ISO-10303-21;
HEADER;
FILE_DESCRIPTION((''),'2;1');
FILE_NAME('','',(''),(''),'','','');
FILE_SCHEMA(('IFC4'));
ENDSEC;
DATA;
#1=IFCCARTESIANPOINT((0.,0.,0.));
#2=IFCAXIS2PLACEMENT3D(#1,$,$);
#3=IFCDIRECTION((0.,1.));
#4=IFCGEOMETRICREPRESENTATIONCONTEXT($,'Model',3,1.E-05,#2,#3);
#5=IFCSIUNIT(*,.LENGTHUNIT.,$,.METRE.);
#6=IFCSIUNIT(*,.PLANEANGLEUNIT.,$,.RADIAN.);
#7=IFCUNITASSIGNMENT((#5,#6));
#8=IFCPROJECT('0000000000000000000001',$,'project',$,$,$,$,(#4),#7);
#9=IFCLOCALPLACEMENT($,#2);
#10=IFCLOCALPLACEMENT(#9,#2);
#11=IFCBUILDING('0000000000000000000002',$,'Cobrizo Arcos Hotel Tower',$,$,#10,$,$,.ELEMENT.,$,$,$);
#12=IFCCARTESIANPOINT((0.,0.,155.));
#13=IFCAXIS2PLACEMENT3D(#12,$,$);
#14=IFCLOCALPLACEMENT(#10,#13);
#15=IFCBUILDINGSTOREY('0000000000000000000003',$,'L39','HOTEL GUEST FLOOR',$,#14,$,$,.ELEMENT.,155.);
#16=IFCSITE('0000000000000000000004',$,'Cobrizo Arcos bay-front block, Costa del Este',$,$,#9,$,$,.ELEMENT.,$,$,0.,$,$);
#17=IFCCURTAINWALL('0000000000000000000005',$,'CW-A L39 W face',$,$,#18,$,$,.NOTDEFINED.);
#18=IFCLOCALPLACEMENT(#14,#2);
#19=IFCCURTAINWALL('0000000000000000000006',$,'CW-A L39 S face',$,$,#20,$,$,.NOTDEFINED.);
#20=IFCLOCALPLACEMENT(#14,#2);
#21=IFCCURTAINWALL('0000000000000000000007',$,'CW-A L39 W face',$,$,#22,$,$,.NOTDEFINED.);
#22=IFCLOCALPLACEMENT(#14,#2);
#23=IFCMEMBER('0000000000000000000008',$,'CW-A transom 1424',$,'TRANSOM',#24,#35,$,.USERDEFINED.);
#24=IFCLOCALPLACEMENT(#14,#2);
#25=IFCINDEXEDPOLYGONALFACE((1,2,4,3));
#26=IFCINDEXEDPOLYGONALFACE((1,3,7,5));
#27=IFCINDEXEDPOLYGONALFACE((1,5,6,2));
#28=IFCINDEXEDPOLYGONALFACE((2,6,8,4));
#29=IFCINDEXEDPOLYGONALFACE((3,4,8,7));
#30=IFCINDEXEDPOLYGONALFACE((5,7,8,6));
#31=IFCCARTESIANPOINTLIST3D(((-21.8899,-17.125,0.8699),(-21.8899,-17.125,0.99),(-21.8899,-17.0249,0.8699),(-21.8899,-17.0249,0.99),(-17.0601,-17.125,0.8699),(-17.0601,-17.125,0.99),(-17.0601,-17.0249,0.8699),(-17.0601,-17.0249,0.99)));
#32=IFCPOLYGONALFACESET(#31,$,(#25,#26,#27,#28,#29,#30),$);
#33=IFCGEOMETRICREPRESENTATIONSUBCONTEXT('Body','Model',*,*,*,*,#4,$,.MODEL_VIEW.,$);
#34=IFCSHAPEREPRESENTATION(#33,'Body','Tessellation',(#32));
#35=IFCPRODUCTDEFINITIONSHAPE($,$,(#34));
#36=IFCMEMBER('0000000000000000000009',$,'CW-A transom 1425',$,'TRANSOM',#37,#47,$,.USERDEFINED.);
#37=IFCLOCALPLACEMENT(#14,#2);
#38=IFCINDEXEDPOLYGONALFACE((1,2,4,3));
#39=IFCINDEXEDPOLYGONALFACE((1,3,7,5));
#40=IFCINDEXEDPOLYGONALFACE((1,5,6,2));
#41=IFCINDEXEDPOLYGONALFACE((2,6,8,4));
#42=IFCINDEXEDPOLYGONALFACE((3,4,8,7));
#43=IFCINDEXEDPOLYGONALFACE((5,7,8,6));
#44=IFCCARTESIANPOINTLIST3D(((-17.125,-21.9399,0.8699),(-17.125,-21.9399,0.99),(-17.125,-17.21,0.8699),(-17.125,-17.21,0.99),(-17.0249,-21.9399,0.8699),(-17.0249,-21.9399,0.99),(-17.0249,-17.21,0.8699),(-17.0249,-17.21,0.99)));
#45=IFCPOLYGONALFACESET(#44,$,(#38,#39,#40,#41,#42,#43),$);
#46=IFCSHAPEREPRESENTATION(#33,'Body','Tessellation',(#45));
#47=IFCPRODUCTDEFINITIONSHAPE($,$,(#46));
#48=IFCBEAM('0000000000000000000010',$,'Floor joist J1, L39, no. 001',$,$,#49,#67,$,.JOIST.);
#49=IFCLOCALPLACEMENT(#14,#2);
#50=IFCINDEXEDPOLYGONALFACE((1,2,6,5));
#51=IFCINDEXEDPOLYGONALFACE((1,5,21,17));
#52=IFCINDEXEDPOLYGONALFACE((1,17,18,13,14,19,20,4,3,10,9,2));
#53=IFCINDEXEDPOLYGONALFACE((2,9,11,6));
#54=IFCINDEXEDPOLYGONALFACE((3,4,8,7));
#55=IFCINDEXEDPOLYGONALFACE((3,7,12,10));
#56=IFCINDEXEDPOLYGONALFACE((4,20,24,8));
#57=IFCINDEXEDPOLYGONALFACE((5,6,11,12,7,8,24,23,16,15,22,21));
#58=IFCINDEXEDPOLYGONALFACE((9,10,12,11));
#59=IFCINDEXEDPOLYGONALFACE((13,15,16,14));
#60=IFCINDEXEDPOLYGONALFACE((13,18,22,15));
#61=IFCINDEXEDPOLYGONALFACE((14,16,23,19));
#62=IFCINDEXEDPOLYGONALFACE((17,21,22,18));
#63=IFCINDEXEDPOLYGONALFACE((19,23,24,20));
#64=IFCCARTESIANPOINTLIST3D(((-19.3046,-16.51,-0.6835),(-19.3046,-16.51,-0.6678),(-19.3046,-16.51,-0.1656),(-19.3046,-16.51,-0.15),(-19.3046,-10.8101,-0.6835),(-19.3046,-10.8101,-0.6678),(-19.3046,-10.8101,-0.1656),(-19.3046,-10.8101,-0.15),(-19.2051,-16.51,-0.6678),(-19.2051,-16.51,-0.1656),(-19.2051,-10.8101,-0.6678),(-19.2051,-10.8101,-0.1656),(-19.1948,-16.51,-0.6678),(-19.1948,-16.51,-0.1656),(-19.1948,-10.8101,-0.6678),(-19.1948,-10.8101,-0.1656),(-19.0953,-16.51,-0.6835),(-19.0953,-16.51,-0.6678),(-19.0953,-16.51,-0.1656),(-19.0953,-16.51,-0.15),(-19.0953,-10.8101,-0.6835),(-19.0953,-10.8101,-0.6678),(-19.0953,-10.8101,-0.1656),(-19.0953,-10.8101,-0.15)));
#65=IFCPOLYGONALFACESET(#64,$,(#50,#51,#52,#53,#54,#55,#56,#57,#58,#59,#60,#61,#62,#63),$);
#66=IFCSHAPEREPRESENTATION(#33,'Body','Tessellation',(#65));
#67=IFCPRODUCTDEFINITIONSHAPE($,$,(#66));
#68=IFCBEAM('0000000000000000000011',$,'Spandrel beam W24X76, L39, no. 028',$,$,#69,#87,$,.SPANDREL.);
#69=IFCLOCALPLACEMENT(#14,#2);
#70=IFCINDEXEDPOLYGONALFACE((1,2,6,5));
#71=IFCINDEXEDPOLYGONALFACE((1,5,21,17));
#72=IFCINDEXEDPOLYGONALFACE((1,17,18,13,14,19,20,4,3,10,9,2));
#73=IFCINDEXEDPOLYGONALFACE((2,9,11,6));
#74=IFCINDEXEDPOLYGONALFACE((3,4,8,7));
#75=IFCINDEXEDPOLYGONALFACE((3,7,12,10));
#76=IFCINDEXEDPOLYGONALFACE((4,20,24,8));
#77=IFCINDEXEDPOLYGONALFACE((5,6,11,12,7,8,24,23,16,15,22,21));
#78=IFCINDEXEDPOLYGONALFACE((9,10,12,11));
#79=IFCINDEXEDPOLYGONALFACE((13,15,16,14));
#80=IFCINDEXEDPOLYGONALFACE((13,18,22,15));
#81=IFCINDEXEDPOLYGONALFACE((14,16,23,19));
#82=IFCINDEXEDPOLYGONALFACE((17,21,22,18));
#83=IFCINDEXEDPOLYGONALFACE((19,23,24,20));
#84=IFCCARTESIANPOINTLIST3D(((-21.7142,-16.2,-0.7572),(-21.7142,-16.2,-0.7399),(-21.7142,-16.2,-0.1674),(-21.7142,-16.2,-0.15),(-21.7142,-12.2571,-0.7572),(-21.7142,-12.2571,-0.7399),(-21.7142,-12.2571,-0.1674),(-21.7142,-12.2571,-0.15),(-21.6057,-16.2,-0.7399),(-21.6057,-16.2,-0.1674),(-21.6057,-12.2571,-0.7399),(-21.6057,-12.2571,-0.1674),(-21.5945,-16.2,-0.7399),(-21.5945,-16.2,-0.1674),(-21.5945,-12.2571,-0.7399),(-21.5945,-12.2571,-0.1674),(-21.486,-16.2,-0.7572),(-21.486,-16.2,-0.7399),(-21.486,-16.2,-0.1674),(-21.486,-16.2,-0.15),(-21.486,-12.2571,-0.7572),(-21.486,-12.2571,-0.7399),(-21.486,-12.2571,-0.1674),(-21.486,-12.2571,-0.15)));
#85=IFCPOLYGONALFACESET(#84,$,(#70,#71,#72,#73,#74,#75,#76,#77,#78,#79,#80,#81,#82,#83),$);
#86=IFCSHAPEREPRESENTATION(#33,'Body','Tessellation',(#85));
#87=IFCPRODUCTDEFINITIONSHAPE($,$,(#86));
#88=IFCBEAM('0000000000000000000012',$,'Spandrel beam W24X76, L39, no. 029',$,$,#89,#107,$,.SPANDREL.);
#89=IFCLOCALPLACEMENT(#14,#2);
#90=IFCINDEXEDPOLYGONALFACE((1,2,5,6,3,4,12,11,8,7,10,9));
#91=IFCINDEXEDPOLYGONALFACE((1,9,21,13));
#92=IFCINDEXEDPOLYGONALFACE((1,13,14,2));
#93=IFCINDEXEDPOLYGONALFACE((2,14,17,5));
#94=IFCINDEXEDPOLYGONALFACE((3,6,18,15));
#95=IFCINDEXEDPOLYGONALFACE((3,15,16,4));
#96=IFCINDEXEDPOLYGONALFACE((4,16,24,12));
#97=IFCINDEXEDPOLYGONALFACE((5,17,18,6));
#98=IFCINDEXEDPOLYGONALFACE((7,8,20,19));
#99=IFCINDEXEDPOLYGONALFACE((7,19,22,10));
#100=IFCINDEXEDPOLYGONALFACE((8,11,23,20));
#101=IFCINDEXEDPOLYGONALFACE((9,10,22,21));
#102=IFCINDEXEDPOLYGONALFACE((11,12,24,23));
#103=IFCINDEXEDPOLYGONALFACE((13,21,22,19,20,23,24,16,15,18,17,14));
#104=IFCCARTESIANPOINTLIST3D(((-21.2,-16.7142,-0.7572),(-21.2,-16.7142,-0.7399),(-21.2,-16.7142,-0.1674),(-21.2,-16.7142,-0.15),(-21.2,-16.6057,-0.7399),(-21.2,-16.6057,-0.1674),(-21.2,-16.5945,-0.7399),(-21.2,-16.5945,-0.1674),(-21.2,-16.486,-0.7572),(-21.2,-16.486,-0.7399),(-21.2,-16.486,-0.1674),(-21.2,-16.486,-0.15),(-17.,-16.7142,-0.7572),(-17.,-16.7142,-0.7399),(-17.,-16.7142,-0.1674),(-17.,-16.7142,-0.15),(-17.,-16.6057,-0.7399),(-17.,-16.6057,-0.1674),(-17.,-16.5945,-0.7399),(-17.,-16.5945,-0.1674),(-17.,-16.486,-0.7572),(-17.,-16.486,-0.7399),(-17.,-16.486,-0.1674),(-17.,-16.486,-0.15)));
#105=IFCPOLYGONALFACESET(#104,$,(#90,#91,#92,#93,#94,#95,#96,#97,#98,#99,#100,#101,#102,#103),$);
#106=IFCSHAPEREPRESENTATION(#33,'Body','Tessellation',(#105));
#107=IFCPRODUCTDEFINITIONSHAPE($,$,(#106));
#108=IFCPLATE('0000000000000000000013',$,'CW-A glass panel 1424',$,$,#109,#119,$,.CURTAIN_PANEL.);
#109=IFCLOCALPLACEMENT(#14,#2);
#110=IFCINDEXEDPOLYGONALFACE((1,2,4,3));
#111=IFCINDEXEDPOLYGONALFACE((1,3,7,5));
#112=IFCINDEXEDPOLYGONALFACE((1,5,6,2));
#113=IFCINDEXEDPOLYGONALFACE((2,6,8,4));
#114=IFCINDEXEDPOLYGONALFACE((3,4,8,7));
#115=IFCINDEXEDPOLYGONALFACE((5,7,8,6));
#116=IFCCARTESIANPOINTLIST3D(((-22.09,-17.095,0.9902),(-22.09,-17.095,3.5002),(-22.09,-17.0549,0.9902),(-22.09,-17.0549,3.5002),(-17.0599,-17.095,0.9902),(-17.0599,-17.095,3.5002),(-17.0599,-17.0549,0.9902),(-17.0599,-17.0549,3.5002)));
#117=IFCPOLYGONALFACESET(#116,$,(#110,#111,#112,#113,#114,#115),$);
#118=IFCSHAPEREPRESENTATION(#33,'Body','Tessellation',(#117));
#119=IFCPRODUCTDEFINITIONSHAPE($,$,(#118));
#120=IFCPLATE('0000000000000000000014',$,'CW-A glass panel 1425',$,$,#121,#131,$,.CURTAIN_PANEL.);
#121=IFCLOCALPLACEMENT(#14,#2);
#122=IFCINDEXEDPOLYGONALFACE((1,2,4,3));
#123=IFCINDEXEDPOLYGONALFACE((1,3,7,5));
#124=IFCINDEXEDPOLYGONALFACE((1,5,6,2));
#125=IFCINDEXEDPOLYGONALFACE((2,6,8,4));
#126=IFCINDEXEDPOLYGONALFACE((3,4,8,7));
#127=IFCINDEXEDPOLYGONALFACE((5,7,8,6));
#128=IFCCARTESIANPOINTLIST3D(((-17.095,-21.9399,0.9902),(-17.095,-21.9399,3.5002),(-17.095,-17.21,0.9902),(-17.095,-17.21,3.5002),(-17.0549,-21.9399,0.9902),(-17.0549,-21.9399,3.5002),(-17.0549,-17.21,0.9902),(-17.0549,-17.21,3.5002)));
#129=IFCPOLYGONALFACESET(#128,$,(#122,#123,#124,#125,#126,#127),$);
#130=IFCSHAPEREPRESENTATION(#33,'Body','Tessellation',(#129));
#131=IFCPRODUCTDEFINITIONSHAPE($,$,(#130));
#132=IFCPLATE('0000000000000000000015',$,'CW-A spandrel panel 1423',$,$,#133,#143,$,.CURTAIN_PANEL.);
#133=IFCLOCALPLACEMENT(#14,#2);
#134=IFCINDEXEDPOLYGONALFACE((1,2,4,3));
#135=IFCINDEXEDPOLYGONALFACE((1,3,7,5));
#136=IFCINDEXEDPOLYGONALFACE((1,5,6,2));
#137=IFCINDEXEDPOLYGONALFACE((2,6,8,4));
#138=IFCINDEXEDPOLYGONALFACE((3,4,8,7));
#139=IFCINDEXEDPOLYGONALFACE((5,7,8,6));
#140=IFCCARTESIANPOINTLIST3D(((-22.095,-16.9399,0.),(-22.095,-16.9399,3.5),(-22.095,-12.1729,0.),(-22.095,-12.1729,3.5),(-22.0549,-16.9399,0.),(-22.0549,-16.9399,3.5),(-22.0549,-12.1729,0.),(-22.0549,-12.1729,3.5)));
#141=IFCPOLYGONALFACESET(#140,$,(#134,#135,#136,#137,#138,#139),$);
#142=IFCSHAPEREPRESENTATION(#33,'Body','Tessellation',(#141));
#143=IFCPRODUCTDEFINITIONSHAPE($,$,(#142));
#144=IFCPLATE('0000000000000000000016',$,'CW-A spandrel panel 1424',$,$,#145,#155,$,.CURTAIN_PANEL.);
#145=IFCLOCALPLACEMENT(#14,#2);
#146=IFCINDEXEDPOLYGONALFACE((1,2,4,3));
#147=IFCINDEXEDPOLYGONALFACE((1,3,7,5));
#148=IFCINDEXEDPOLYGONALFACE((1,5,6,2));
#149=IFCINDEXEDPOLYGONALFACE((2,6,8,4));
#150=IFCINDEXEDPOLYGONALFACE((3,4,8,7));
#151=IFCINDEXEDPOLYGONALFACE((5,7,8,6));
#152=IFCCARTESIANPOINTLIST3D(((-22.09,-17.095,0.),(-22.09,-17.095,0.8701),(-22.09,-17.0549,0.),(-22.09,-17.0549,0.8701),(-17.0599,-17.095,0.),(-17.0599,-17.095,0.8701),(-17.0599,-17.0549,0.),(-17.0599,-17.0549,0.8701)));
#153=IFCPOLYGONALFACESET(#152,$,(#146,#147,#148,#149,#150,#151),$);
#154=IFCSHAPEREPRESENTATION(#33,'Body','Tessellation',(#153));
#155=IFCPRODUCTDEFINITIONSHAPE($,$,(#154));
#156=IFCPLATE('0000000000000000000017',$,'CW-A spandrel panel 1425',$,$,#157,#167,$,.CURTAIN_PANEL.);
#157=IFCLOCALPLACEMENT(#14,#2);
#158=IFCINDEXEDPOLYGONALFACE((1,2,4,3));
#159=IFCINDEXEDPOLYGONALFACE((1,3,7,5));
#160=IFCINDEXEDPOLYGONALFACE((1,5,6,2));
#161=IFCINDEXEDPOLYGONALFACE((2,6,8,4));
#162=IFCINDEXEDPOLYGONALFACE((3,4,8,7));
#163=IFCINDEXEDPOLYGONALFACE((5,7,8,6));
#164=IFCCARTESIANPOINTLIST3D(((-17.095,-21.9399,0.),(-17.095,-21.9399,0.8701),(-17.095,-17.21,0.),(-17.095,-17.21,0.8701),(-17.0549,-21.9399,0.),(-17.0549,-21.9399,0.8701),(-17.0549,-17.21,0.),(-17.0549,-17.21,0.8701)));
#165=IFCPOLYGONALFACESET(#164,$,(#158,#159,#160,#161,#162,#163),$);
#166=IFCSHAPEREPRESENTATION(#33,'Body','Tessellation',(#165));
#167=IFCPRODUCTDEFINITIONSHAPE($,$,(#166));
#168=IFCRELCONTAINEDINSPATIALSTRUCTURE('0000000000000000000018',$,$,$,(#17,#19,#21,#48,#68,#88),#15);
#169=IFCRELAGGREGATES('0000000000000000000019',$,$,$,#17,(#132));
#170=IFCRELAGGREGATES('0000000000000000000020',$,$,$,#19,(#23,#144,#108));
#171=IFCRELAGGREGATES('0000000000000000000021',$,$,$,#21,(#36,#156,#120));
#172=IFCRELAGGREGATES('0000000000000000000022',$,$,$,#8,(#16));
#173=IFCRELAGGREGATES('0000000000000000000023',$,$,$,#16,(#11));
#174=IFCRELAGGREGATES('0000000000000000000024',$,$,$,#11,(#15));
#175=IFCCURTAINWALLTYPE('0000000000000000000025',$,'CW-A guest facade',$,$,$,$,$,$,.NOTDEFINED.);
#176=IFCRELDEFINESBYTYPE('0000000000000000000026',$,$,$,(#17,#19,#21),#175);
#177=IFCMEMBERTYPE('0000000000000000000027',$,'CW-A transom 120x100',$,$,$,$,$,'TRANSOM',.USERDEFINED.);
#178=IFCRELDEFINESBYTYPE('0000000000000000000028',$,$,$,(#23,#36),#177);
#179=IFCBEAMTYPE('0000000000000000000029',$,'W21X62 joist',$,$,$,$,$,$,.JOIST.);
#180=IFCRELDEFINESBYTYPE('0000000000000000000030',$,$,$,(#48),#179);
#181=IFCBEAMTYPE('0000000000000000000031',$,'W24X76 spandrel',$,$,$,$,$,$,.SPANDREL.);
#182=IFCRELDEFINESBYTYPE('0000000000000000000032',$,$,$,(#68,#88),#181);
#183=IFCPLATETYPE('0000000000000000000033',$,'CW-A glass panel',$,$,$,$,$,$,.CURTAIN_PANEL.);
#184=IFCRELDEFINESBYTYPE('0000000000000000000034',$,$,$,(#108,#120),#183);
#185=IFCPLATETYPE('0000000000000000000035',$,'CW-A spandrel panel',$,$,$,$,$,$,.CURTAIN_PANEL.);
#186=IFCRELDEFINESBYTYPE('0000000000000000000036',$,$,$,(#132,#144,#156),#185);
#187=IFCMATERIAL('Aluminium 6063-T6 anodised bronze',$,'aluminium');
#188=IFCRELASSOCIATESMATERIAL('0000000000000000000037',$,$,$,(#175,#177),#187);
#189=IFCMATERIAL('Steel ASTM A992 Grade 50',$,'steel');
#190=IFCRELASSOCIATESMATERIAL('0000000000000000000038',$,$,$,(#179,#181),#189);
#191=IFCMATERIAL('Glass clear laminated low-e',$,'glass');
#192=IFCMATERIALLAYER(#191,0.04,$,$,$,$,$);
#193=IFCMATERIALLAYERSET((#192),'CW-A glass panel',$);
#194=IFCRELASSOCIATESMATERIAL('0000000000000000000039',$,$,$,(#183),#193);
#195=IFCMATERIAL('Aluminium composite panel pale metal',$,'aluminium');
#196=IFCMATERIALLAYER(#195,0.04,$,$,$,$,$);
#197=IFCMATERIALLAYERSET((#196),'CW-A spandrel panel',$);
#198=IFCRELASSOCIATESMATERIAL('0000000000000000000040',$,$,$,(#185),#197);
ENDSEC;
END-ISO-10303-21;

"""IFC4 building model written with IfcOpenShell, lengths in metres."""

from ifc_helpers import new_model, si_unit, direction, frame, origin, origin_2d, place, context, subcontext, project, spatial, rectangle, i_section, extrude, material, layer, layer_set, material_profile, profile_set, type_object, element, aggregate, save


model = new_model("IFC4")

# Units and contexts
model_context = context("Model", 3, precision=1e-05, world=origin(), true_north=direction((0.0, 1.0)))
body_context = subcontext(model_context, "Body", "Model", "MODEL_VIEW")
ifc_project = project(units=[si_unit("LENGTHUNIT", "METRE"), si_unit("PLANEANGLEUNIT", "RADIAN")], contexts=[model_context])

# Site, building, storey
site_placement = place(None, origin())
site = spatial("IfcSite", under=ifc_project, at=site_placement, Name="Cobrizo Arcos bay-front block, Costa del Este", CompositionType="ELEMENT", RefElevation=0.0)
building_placement = place(site_placement, origin())
building = spatial("IfcBuilding", under=site, at=building_placement, Name="Cobrizo Arcos Hotel Tower", CompositionType="ELEMENT")
storey_placement = place(building_placement, frame((0.0, 0.0, 155.0)))
storey = spatial("IfcBuildingStorey", under=building, at=storey_placement, Name="L39", Description="HOTEL GUEST FLOOR", CompositionType="ELEMENT", Elevation=155.0)

# Shared definitions
ifc_material_1 = material(Name="Aluminium 6063-T6 anodised bronze", Category="aluminium")
curtain_wall_type = type_object("IfcCurtainWallType", Name="CW-A guest facade", PredefinedType="NOTDEFINED", material=ifc_material_1)

# Curtain walls
curtain_wall_1_placement = place(storey_placement, origin())
curtain_wall_1 = element("IfcCurtainWall", 1, at=curtain_wall_1_placement, inside=storey, type_object=curtain_wall_type, Name="CW-A L39 W face", PredefinedType="NOTDEFINED")
curtain_wall_2_placement = place(storey_placement, origin())
curtain_wall_2 = element("IfcCurtainWall", 2, at=curtain_wall_2_placement, inside=storey, type_object=curtain_wall_type, Name="CW-A L39 S face", PredefinedType="NOTDEFINED")
curtain_wall_3_placement = place(storey_placement, origin())
curtain_wall_3 = element("IfcCurtainWall", 3, at=curtain_wall_3_placement, inside=storey, type_object=curtain_wall_type, Name="CW-A L39 W face", PredefinedType="NOTDEFINED")

# Members
ifc_material_profile_1 = material_profile(ifc_material_1, rectangle(XDim=0.1001, YDim=0.1201, at=origin_2d()), Name="CW-A transom 120x100")
ifc_profile_set_1 = profile_set([ifc_material_profile_1], Name="Aluminium 6063-T6 anodised bronze")
member_type_1 = type_object("IfcMemberType", Name="CW-A transom 120x100", ElementType="TRANSOM", PredefinedType="USERDEFINED", material=ifc_profile_set_1)
member_1_placement = place(storey_placement, frame((-21.8899, -17.075, 0.9299), z_axis=(1.0, 0.0, 0.0), x_axis=(0.0, 1.0, 0.0)))
member_1 = element("IfcMember", 4, at=member_1_placement, type_object=member_type_1, Name="CW-A transom 1424", ObjectType="TRANSOM", PredefinedType="USERDEFINED", context=body_context, shape_type="SweptSolid", body=[
    extrude(rectangle(XDim=0.1001, YDim=0.1201, at=origin_2d()), origin(), (0.0, 0.0, 1.0), 4.8298),
])
member_2_placement = place(storey_placement, frame((-17.075, -17.21, 0.9299), z_axis=(0.0, -1.0, 0.0), x_axis=(1.0, 0.0, 0.0)))
member_2 = element("IfcMember", 5, at=member_2_placement, type_object=member_type_1, Name="CW-A transom 1425", ObjectType="TRANSOM", PredefinedType="USERDEFINED", context=body_context, shape_type="SweptSolid", body=[
    extrude(rectangle(XDim=0.1001, YDim=0.1201, at=origin_2d()), origin(), (0.0, 0.0, 1.0), 4.73),
])

# Beams
ifc_material_2 = material(Name="Steel ASTM A992 Grade 50", Category="steel")
ifc_material_profile_2 = material_profile(ifc_material_2, i_section(OverallWidth=0.2092, OverallDepth=0.5334, WebThickness=0.0103, FlangeThickness=0.0156, at=origin_2d()), Name="W21X62")
ifc_profile_set_2 = profile_set([ifc_material_profile_2], Name="Steel ASTM A992 Grade 50")
beam_type_1 = type_object("IfcBeamType", Name="W21X62 joist", PredefinedType="JOIST", material=ifc_profile_set_2)
beam_1_placement = place(storey_placement, frame((-19.2, -16.51, -0.4167), z_axis=(0.0, 1.0, 0.0), x_axis=(-1.0, 0.0, 0.0)))
element("IfcBeam", 6, at=beam_1_placement, inside=storey, type_object=beam_type_1, Name="Floor joist J1, L39, no. 001", PredefinedType="JOIST", context=body_context, shape_type="SweptSolid", body=[
    extrude(i_section(OverallWidth=0.2092, OverallDepth=0.5334, WebThickness=0.0103, FlangeThickness=0.0156, at=origin_2d()), origin(), (0.0, 0.0, 1.0), 5.7),
])
ifc_material_profile_3 = material_profile(ifc_material_2, i_section(OverallWidth=0.2283, OverallDepth=0.6072, WebThickness=0.0112, FlangeThickness=0.0173, at=origin_2d()), Name="W24X76")
ifc_profile_set_3 = profile_set([ifc_material_profile_3], Name="Steel ASTM A992 Grade 50")
beam_type_2 = type_object("IfcBeamType", Name="W24X76 spandrel", PredefinedType="SPANDREL", material=ifc_profile_set_3)
beam_2_placement = place(storey_placement, frame((-21.6001, -12.2571, -0.4536), z_axis=(0.0, -1.0, 0.0), x_axis=(1.0, 0.0, 0.0)))
element("IfcBeam", 7, at=beam_2_placement, inside=storey, type_object=beam_type_2, Name="Spandrel beam W24X76, L39, no. 028", PredefinedType="SPANDREL", context=body_context, shape_type="SweptSolid", body=[
    extrude(i_section(OverallWidth=0.2283, OverallDepth=0.6072, WebThickness=0.0112, FlangeThickness=0.0173, at=origin_2d()), origin(), (0.0, 0.0, 1.0), 3.9429),
])
beam_3_placement = place(storey_placement, frame((-21.2, -16.6001, -0.4536), z_axis=(1.0, 0.0, 0.0), x_axis=(0.0, 1.0, 0.0)))
element("IfcBeam", 8, at=beam_3_placement, inside=storey, type_object=beam_type_2, Name="Spandrel beam W24X76, L39, no. 029", PredefinedType="SPANDREL", context=body_context, shape_type="SweptSolid", body=[
    extrude(i_section(OverallWidth=0.2283, OverallDepth=0.6072, WebThickness=0.0112, FlangeThickness=0.0173, at=origin_2d()), origin(), (0.0, 0.0, 1.0), 4.2),
])

# Plates
ifc_material_3 = material(Name="Glass clear laminated low-e", Category="glass")
ifc_layer_1 = layer(ifc_material_3, 0.04)
ifc_layer_set_1 = layer_set([ifc_layer_1], Name="CW-A glass panel")
plate_type_1 = type_object("IfcPlateType", Name="CW-A glass panel", PredefinedType="CURTAIN_PANEL", material=ifc_layer_set_1)
plate_1_placement = place(storey_placement, frame((-19.575, -17.075, 0.9902), z_axis=(0.0, 0.0, 1.0), x_axis=(1.0, 0.0, 0.0)))
plate_1 = element("IfcPlate", 9, at=plate_1_placement, type_object=plate_type_1, Name="CW-A glass panel 1424", PredefinedType="CURTAIN_PANEL", context=body_context, shape_type="SweptSolid", body=[
    extrude(rectangle(XDim=5.03, YDim=0.04, at=origin_2d()), origin(), (0.0, 0.0, 1.0), 2.51),
])
plate_2_placement = place(storey_placement, frame((-17.075, -19.575, 0.9902), z_axis=(0.0, 0.0, 1.0), x_axis=(0.0, -1.0, 0.0)))
plate_2 = element("IfcPlate", 10, at=plate_2_placement, type_object=plate_type_1, Name="CW-A glass panel 1425", PredefinedType="CURTAIN_PANEL", context=body_context, shape_type="SweptSolid", body=[
    extrude(rectangle(XDim=4.73, YDim=0.04, at=origin_2d()), origin(), (0.0, 0.0, 1.0), 2.51),
])
ifc_material_4 = material(Name="Aluminium composite panel pale metal", Category="aluminium")
ifc_layer_2 = layer(ifc_material_4, 0.04)
ifc_layer_set_2 = layer_set([ifc_layer_2], Name="CW-A spandrel panel")
plate_type_2 = type_object("IfcPlateType", Name="CW-A spandrel panel", PredefinedType="CURTAIN_PANEL", material=ifc_layer_set_2)
plate_3_placement = place(storey_placement, frame((-22.075, -14.5564, 0.0), z_axis=(0.0, 0.0, 1.0), x_axis=(0.0, -1.0, 0.0)))
plate_3 = element("IfcPlate", 11, at=plate_3_placement, type_object=plate_type_2, Name="CW-A spandrel panel 1423", PredefinedType="CURTAIN_PANEL", context=body_context, shape_type="SweptSolid", body=[
    extrude(rectangle(XDim=4.7671, YDim=0.04, at=origin_2d()), origin(), (0.0, 0.0, 1.0), 3.5),
])
aggregate(curtain_wall_1, [plate_3])
plate_4_placement = place(storey_placement, frame((-19.575, -17.075, 0.0), z_axis=(0.0, 0.0, 1.0), x_axis=(1.0, 0.0, 0.0)))
plate_4 = element("IfcPlate", 12, at=plate_4_placement, type_object=plate_type_2, Name="CW-A spandrel panel 1424", PredefinedType="CURTAIN_PANEL", context=body_context, shape_type="SweptSolid", body=[
    extrude(rectangle(XDim=5.03, YDim=0.04, at=origin_2d()), origin(), (0.0, 0.0, 1.0), 0.8701),
])
aggregate(curtain_wall_2, [member_1, plate_4, plate_1])
plate_5_placement = place(storey_placement, frame((-17.075, -19.575, 0.0), z_axis=(0.0, 0.0, 1.0), x_axis=(0.0, -1.0, 0.0)))
plate_5 = element("IfcPlate", 13, at=plate_5_placement, type_object=plate_type_2, Name="CW-A spandrel panel 1425", PredefinedType="CURTAIN_PANEL", context=body_context, shape_type="SweptSolid", body=[
    extrude(rectangle(XDim=4.73, YDim=0.04, at=origin_2d()), origin(), (0.0, 0.0, 1.0), 0.8701),
])
aggregate(curtain_wall_3, [member_2, plate_5, plate_2])

save(model, "model.ifc")
